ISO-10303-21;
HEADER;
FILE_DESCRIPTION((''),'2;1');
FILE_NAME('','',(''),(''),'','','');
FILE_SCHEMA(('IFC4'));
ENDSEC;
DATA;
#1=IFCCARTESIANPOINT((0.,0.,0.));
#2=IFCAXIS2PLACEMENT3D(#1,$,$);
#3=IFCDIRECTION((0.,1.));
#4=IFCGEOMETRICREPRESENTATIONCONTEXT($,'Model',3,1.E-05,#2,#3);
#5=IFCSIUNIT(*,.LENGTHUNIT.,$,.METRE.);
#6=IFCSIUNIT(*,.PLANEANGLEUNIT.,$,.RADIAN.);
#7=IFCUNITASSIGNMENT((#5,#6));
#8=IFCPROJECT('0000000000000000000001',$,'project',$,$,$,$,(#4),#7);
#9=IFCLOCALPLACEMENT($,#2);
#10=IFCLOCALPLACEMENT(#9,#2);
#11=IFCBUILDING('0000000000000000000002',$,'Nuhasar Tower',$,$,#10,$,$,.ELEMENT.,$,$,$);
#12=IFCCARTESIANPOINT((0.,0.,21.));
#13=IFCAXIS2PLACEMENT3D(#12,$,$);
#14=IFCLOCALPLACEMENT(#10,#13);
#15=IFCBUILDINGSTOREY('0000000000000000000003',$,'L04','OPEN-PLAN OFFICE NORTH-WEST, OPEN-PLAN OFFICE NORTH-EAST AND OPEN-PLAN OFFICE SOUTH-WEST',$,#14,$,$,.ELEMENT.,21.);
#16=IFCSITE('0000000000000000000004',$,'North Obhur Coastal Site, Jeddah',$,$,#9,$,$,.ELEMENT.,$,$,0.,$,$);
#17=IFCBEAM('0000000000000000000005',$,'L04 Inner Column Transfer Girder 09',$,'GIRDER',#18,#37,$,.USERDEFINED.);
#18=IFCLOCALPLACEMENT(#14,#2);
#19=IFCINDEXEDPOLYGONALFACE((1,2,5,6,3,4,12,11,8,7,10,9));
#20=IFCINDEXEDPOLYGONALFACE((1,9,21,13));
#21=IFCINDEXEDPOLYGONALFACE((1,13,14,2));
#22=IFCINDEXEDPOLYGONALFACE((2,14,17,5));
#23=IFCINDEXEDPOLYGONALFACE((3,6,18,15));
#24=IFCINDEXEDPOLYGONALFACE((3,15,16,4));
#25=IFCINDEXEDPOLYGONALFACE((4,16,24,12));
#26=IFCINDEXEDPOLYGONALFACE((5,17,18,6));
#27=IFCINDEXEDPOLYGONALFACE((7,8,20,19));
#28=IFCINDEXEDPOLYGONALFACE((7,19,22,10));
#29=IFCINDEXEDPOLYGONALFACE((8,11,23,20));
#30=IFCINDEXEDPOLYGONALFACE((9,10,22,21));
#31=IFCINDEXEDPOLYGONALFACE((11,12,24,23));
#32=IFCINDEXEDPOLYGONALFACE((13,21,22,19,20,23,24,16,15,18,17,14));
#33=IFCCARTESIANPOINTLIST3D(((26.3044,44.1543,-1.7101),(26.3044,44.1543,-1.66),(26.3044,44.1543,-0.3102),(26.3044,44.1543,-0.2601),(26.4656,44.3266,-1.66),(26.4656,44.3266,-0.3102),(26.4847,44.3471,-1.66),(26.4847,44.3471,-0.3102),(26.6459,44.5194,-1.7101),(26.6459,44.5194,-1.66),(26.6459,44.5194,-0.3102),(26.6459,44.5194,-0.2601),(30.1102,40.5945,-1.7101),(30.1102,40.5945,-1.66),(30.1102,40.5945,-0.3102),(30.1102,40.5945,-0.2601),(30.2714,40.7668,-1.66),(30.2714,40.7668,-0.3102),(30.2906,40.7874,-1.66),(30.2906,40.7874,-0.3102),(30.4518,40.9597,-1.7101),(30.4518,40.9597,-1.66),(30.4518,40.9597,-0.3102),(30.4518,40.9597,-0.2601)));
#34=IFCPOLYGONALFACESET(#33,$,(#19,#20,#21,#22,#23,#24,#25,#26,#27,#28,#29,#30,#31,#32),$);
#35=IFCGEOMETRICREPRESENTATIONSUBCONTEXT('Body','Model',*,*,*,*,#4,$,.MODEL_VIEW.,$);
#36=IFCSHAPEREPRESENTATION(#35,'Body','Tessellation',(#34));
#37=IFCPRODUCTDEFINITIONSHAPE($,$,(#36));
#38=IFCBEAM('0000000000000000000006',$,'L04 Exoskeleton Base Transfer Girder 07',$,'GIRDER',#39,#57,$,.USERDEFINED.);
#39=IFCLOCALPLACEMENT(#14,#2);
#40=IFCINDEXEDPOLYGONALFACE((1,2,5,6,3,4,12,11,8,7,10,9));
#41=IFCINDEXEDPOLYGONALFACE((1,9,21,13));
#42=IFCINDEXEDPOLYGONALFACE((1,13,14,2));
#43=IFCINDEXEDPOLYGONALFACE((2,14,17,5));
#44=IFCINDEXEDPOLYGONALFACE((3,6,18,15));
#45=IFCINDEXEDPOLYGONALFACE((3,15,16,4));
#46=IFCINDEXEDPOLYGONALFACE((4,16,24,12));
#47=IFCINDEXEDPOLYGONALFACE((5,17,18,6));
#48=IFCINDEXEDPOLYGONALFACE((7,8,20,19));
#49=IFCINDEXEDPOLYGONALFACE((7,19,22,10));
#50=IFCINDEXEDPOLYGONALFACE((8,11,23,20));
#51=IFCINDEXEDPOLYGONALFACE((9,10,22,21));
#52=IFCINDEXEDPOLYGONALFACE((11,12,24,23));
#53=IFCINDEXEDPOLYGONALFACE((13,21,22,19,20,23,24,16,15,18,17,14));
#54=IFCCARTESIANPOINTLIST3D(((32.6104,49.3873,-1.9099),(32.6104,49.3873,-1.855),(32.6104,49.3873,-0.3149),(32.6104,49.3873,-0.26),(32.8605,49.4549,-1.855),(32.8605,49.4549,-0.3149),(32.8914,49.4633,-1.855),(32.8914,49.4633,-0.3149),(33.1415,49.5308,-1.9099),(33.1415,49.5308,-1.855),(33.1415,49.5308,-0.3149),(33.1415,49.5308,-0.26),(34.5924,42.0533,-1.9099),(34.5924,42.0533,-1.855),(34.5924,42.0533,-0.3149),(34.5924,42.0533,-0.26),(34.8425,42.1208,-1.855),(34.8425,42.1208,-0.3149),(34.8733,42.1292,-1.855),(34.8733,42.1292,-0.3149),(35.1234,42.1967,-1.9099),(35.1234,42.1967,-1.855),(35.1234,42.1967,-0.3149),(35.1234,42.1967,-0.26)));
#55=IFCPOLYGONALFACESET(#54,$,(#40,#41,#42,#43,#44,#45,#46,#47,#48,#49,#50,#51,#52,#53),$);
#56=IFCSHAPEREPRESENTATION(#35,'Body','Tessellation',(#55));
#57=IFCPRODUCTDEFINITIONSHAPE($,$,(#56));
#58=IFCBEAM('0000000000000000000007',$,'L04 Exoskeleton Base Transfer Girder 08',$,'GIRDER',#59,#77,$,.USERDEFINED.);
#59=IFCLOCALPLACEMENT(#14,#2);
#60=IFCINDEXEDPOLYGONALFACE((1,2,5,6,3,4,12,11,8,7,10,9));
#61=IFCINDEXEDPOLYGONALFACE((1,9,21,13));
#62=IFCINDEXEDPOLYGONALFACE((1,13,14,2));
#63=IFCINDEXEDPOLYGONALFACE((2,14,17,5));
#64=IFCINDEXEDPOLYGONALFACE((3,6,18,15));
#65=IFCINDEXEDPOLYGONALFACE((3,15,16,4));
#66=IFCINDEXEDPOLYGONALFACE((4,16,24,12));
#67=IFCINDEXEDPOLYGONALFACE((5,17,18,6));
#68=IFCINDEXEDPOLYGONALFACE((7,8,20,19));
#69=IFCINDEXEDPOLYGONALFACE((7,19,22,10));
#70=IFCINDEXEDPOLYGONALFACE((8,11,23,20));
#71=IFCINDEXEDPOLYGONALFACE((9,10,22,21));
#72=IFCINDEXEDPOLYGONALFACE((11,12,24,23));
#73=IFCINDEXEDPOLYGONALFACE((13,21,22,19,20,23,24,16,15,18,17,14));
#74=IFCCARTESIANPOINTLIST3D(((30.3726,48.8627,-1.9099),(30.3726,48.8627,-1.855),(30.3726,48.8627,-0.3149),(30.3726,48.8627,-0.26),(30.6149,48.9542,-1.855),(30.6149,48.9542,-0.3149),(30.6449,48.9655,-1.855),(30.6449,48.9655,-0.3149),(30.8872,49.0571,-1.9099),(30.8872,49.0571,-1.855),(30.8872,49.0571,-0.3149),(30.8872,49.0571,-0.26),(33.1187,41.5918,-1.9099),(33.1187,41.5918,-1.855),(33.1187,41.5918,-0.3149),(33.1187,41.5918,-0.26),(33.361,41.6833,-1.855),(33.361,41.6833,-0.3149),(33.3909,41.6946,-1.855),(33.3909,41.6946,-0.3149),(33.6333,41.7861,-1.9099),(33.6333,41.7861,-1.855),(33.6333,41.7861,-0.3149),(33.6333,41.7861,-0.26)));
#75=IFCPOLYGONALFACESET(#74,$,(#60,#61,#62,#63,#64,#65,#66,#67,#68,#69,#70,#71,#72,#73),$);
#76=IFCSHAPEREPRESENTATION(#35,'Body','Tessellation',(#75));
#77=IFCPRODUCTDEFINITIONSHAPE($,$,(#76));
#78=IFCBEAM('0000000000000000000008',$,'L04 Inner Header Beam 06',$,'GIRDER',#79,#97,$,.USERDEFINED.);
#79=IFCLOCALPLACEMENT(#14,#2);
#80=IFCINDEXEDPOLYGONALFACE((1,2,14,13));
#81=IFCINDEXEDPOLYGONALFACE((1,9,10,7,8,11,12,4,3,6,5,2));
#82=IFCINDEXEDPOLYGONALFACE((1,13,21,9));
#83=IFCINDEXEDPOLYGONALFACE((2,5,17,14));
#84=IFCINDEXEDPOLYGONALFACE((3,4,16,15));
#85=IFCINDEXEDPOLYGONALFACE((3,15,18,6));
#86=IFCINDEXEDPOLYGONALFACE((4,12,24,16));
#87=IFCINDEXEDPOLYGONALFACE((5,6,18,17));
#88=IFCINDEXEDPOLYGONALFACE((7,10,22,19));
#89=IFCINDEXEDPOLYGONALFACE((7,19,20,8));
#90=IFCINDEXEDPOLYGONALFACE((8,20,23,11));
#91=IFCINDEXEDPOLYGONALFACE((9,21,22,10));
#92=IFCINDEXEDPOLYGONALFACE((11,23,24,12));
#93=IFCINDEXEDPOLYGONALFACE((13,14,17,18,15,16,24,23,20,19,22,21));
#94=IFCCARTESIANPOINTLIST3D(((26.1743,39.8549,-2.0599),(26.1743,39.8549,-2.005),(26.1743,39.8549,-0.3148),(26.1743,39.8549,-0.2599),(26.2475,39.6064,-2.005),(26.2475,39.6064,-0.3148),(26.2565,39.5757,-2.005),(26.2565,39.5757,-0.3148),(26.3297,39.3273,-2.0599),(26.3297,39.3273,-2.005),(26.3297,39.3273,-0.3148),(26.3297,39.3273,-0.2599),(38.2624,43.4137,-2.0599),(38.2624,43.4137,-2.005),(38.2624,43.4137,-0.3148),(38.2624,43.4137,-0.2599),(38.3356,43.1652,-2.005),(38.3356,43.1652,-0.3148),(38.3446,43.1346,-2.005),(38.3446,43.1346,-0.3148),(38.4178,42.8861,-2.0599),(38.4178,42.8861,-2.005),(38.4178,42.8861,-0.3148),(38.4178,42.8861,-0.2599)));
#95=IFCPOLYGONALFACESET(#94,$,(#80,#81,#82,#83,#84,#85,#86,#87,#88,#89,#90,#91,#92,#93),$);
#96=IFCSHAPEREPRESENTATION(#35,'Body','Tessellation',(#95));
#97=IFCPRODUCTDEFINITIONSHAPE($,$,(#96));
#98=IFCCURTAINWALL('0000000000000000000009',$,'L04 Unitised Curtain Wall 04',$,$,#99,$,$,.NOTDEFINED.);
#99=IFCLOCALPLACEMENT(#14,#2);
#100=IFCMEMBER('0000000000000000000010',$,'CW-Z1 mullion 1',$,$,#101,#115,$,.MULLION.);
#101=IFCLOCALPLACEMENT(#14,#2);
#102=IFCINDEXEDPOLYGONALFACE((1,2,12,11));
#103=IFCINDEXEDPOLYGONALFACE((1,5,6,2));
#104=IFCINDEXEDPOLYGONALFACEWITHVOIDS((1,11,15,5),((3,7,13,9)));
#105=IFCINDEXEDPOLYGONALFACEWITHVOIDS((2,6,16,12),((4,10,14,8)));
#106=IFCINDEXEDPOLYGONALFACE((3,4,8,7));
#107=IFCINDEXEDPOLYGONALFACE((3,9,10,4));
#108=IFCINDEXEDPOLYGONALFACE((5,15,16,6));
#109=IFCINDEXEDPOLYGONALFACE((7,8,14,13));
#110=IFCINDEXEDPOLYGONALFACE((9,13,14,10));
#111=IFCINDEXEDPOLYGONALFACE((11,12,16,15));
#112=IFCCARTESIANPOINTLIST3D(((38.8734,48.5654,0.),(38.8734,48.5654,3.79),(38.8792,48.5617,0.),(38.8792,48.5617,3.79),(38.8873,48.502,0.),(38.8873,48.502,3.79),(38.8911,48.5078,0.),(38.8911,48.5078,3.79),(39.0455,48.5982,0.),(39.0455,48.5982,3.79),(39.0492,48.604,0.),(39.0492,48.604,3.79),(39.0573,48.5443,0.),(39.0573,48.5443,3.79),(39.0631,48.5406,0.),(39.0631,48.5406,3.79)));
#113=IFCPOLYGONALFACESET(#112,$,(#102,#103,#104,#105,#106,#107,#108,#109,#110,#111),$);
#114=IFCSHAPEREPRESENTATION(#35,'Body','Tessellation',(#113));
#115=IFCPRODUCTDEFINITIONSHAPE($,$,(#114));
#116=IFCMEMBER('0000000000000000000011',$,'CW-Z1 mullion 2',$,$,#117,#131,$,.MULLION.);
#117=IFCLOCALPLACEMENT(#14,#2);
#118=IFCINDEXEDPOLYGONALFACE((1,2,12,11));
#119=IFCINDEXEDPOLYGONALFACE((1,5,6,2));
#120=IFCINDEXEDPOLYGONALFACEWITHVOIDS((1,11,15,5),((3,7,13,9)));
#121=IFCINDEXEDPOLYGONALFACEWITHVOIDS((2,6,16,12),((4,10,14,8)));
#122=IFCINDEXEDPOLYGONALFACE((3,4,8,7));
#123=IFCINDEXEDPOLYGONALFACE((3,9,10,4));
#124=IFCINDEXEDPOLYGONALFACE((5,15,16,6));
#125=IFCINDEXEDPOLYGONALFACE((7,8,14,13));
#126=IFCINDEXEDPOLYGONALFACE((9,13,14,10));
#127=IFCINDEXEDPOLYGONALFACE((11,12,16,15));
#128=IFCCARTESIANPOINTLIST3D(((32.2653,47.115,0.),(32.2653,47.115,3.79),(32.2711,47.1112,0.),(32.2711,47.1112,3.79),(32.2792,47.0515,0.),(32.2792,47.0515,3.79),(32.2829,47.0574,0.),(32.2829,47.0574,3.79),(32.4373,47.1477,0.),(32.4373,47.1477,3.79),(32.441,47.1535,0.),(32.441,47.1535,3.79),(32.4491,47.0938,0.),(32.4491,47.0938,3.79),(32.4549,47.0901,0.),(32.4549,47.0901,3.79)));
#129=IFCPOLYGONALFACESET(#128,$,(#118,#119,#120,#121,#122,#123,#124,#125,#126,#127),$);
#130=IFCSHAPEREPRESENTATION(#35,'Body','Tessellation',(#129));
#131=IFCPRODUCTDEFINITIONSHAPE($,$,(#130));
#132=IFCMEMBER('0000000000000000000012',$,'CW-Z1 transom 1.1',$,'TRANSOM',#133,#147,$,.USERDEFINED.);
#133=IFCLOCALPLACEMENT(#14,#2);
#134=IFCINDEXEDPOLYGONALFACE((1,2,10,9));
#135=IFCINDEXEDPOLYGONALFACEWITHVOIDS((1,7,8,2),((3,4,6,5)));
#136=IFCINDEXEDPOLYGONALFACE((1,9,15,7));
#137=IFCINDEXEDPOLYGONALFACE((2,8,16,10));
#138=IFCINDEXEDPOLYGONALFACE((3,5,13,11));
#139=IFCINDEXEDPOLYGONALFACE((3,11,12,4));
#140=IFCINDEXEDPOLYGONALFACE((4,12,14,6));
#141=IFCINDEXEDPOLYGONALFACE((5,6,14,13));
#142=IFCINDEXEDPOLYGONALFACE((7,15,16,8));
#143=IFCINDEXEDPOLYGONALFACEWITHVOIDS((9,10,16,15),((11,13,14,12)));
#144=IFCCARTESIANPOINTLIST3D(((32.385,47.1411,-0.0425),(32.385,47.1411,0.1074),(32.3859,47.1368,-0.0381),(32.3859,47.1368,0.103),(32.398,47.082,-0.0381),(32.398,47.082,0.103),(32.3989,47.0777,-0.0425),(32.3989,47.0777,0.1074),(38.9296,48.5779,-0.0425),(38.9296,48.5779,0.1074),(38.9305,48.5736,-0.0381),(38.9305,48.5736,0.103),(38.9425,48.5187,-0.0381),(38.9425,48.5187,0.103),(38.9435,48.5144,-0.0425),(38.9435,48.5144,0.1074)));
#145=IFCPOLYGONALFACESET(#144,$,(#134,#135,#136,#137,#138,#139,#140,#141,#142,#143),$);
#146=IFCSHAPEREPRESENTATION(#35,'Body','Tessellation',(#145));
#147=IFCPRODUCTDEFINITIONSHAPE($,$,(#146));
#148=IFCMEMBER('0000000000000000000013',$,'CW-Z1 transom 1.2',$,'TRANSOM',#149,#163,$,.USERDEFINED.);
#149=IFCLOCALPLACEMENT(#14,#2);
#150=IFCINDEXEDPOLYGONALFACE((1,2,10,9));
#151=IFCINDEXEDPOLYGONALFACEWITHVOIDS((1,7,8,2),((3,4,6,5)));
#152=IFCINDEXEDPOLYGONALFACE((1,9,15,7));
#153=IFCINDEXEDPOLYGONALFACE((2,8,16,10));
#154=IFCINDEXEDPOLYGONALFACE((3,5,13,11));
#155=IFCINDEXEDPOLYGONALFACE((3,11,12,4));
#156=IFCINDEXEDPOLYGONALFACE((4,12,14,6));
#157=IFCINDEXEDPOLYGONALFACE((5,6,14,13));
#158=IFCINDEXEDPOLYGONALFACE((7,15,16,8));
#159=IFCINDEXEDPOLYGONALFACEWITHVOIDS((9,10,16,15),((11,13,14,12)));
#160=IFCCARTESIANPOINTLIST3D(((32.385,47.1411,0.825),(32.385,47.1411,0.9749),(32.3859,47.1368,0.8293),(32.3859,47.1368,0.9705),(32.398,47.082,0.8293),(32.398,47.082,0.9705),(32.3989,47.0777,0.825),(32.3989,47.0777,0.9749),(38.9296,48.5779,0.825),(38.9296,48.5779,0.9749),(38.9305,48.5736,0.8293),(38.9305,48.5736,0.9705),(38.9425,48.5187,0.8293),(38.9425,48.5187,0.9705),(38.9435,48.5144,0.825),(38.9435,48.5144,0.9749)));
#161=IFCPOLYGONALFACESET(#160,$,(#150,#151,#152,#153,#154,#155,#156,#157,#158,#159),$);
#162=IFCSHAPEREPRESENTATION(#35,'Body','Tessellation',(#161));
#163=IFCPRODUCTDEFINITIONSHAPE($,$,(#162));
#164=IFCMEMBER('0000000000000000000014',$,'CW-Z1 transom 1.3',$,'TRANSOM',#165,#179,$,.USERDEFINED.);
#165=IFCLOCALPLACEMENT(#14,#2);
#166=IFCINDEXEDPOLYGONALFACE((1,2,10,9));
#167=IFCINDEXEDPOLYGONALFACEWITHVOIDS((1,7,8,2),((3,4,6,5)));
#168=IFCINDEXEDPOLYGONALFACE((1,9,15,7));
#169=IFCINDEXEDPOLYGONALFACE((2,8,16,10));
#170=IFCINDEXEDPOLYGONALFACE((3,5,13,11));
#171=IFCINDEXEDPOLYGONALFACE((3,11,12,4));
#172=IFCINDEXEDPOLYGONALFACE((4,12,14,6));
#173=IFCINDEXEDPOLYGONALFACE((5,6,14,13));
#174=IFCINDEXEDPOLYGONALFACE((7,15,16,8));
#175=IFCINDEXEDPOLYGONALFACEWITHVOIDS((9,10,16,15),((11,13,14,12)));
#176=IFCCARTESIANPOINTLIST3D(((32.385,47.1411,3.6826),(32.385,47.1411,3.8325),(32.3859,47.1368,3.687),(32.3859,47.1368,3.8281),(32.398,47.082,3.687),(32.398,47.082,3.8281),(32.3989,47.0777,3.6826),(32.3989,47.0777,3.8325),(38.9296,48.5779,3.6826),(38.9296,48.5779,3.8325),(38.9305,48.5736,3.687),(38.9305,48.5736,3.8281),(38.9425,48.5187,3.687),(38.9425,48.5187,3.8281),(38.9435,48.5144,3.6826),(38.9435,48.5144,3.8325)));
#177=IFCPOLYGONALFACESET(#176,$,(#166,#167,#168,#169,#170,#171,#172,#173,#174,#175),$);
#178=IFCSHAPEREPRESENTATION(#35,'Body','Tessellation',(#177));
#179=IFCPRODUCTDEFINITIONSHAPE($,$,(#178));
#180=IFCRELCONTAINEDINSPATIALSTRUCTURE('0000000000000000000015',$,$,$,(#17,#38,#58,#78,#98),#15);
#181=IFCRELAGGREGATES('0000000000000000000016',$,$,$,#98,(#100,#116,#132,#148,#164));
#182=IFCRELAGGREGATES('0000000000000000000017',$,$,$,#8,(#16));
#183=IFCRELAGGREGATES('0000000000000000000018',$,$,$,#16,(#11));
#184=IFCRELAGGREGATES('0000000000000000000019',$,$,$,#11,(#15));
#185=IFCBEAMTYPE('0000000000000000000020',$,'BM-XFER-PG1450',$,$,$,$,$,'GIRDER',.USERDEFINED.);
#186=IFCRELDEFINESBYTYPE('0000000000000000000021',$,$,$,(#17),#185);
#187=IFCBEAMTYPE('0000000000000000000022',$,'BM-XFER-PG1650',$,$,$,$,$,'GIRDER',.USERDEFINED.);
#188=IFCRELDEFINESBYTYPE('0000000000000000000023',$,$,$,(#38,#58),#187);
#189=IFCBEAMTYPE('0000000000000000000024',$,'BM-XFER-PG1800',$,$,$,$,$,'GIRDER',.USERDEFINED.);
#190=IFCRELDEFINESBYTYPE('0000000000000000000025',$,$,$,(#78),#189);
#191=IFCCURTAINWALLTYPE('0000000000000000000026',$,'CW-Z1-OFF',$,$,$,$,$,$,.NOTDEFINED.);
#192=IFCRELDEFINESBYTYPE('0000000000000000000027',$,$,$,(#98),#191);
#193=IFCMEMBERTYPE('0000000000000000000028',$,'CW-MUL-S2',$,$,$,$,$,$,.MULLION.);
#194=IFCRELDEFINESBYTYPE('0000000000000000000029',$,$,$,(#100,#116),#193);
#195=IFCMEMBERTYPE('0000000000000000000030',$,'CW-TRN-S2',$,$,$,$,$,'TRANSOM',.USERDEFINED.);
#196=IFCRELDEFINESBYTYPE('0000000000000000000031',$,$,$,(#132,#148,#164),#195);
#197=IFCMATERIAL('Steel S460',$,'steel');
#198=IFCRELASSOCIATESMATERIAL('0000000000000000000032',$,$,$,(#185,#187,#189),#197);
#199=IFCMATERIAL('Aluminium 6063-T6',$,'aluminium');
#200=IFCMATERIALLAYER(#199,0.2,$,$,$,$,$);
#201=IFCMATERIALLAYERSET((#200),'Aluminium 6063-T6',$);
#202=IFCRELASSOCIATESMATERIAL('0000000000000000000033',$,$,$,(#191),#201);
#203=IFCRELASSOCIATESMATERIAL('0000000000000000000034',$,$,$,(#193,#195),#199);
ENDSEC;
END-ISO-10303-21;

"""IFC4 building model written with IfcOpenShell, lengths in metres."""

from ifc_helpers import new_model, si_unit, direction, frame, origin, origin_2d, place, context, subcontext, project, spatial, hollow_rectangle, i_section, extrude, material, layer, layer_set, material_profile, profile_set, type_object, element, aggregate, save


model = new_model("IFC4")

# Units and contexts
model_context = context("Model", 3, precision=1e-05, world=origin(), true_north=direction((0.0, 1.0)))
body_context = subcontext(model_context, "Body", "Model", "MODEL_VIEW")
ifc_project = project(units=[si_unit("LENGTHUNIT", "METRE"), si_unit("PLANEANGLEUNIT", "RADIAN")], contexts=[model_context])

# Site, building, storey
site_placement = place(None, origin())
site = spatial("IfcSite", under=ifc_project, at=site_placement, Name="North Obhur Coastal Site, Jeddah", CompositionType="ELEMENT", RefElevation=0.0)
building_placement = place(site_placement, origin())
building = spatial("IfcBuilding", under=site, at=building_placement, Name="Nuhasar Tower", CompositionType="ELEMENT")
storey_placement = place(building_placement, frame((0.0, 0.0, 21.0)))
storey = spatial("IfcBuildingStorey", under=building, at=storey_placement, Name="L04", Description="OPEN-PLAN OFFICE NORTH-WEST, OPEN-PLAN OFFICE NORTH-EAST AND OPEN-PLAN OFFICE SOUTH-WEST", CompositionType="ELEMENT", Elevation=21.0)

# Beams
ifc_material_1 = material(Name="Steel S460", Category="steel")
ifc_material_profile_1 = material_profile(ifc_material_1, i_section(OverallWidth=0.5, OverallDepth=1.45, WebThickness=0.0281, FlangeThickness=0.05, at=origin_2d()), Name="PG1450X500")
ifc_profile_set_1 = profile_set([ifc_material_profile_1], Name="Steel S460")
beam_type_1 = type_object("IfcBeamType", Name="BM-XFER-PG1450", ElementType="GIRDER", PredefinedType="USERDEFINED", material=ifc_profile_set_1)
beam_1_placement = place(storey_placement, frame((30.281, 40.7771, -0.9851), z_axis=(-0.730324, 0.683101, 0.0), x_axis=(-0.683101, -0.730324, 0.0)))
element("IfcBeam", 1, at=beam_1_placement, inside=storey, type_object=beam_type_1, Name="L04 Inner Column Transfer Girder 09", ObjectType="GIRDER", PredefinedType="USERDEFINED", context=body_context, shape_type="SweptSolid", body=[
    extrude(i_section(OverallWidth=0.5, OverallDepth=1.45, WebThickness=0.0281, FlangeThickness=0.05, at=origin_2d()), origin(), (0.0, 0.0, 1.0), 5.2112),
])
ifc_material_profile_2 = material_profile(ifc_material_1, i_section(OverallWidth=0.55, OverallDepth=1.6499, WebThickness=0.032, FlangeThickness=0.0549, at=origin_2d()), Name="PG1650X550")
ifc_profile_set_2 = profile_set([ifc_material_profile_2], Name="Steel S460")
beam_type_2 = type_object("IfcBeamType", Name="BM-XFER-PG1650", ElementType="GIRDER", PredefinedType="USERDEFINED", material=ifc_profile_set_2)
beam_2_placement = place(storey_placement, frame((34.8579, 42.125, -1.085), z_axis=(-0.260882, 0.965371, 0.0), x_axis=(-0.965371, -0.260882, 0.0)))
element("IfcBeam", 2, at=beam_2_placement, inside=storey, type_object=beam_type_2, Name="L04 Exoskeleton Base Transfer Girder 07", ObjectType="GIRDER", PredefinedType="USERDEFINED", context=body_context, shape_type="SweptSolid", body=[
    extrude(i_section(OverallWidth=0.55, OverallDepth=1.6499, WebThickness=0.032, FlangeThickness=0.0549, at=origin_2d()), origin(), (0.0, 0.0, 1.0), 7.5972),
])
beam_3_placement = place(storey_placement, frame((33.376, 41.689, -1.085), z_axis=(-0.353319, 0.935503, 0.0), x_axis=(-0.935503, -0.353319, 0.0)))
element("IfcBeam", 3, at=beam_3_placement, inside=storey, type_object=beam_type_2, Name="L04 Exoskeleton Base Transfer Girder 08", ObjectType="GIRDER", PredefinedType="USERDEFINED", context=body_context, shape_type="SweptSolid", body=[
    extrude(i_section(OverallWidth=0.55, OverallDepth=1.6499, WebThickness=0.032, FlangeThickness=0.0549, at=origin_2d()), origin(), (0.0, 0.0, 1.0), 7.7722),
])
ifc_material_profile_3 = material_profile(ifc_material_1, i_section(OverallWidth=0.55, OverallDepth=1.8, WebThickness=0.032, FlangeThickness=0.0549, at=origin_2d()), Name="PG1800X550")
ifc_profile_set_3 = profile_set([ifc_material_profile_3], Name="Steel S460")
beam_type_3 = type_object("IfcBeamType", Name="BM-XFER-PG1800", ElementType="GIRDER", PredefinedType="USERDEFINED", material=ifc_profile_set_3)
beam_4_placement = place(storey_placement, frame((38.3401, 43.1499, -1.1599), z_axis=(-0.95929, -0.282422, 0.0), x_axis=(0.282422, -0.95929, 0.0)))
element("IfcBeam", 4, at=beam_4_placement, inside=storey, type_object=beam_type_3, Name="L04 Inner Header Beam 06", ObjectType="GIRDER", PredefinedType="USERDEFINED", context=body_context, shape_type="SweptSolid", body=[
    extrude(i_section(OverallWidth=0.55, OverallDepth=1.8, WebThickness=0.032, FlangeThickness=0.0549, at=origin_2d()), origin(), (0.0, 0.0, 1.0), 12.6011),
])

# Curtain wall, members
ifc_material_2 = material(Name="Aluminium 6063-T6", Category="aluminium")
ifc_layer_1 = layer(ifc_material_2, 0.2)
ifc_layer_set_1 = layer_set([ifc_layer_1], Name="Aluminium 6063-T6")
curtain_wall_type = type_object("IfcCurtainWallType", Name="CW-Z1-OFF", PredefinedType="NOTDEFINED", material=ifc_layer_set_1)
curtain_wall_placement = place(storey_placement, origin())
curtain_wall = element("IfcCurtainWall", 5, at=curtain_wall_placement, inside=storey, type_object=curtain_wall_type, Name="L04 Unitised Curtain Wall 04", PredefinedType="NOTDEFINED")
ifc_material_profile_4 = material_profile(ifc_material_2, hollow_rectangle(XDim=0.0649, YDim=0.1799, WallThickness=0.0049, at=origin_2d()), Name="CWM-2")
ifc_profile_set_4 = profile_set([ifc_material_profile_4], Name="Aluminium 6063-T6")
member_type_1 = type_object("IfcMemberType", Name="CW-MUL-S2", PredefinedType="MULLION", material=ifc_profile_set_4)
member_1_placement = place(storey_placement, frame((38.9683, 48.553, 0.0), z_axis=(0.0, 0.0, 1.0), x_axis=(0.214399, -0.976746, 0.0)))
member_1 = element("IfcMember", 6, at=member_1_placement, type_object=member_type_1, Name="CW-Z1 mullion 1", PredefinedType="MULLION", context=body_context, shape_type="SweptSolid", body=[
    extrude(hollow_rectangle(XDim=0.0649, YDim=0.1799, WallThickness=0.0049, at=origin_2d()), origin(), (0.0, 0.0, 1.0), 3.79),
])
member_2_placement = place(storey_placement, frame((32.3601, 47.1025, 0.0), z_axis=(0.0, 0.0, 1.0), x_axis=(0.214399, -0.976746, 0.0)))
member_2 = element("IfcMember", 7, at=member_2_placement, type_object=member_type_1, Name="CW-Z1 mullion 2", PredefinedType="MULLION", context=body_context, shape_type="SweptSolid", body=[
    extrude(hollow_rectangle(XDim=0.0649, YDim=0.1799, WallThickness=0.0049, at=origin_2d()), origin(), (0.0, 0.0, 1.0), 3.79),
])
ifc_material_profile_5 = material_profile(ifc_material_2, hollow_rectangle(XDim=0.0649, YDim=0.1499, WallThickness=0.0044, at=origin_2d()), Name="CWT-2")
ifc_profile_set_5 = profile_set([ifc_material_profile_5], Name="Aluminium 6063-T6")
member_type_2 = type_object("IfcMemberType", Name="CW-TRN-S2", ElementType="TRANSOM", PredefinedType="USERDEFINED", material=ifc_profile_set_5)
member_3_placement = place(storey_placement, frame((38.9365, 48.5461, 0.0325), z_axis=(-0.97674, -0.214426, 0.0), x_axis=(0.214426, -0.97674, 0.0)))
member_3 = element("IfcMember", 8, at=member_3_placement, type_object=member_type_2, Name="CW-Z1 transom 1.1", ObjectType="TRANSOM", PredefinedType="USERDEFINED", context=body_context, shape_type="SweptSolid", body=[
    extrude(hollow_rectangle(XDim=0.0649, YDim=0.1499, WallThickness=0.0044, at=origin_2d()), origin(), (0.0, 0.0, 1.0), 6.7004),
])
member_4_placement = place(storey_placement, frame((38.9365, 48.5461, 0.8999), z_axis=(-0.97674, -0.214426, 0.0), x_axis=(0.214426, -0.97674, 0.0)))
member_4 = element("IfcMember", 9, at=member_4_placement, type_object=member_type_2, Name="CW-Z1 transom 1.2", ObjectType="TRANSOM", PredefinedType="USERDEFINED", context=body_context, shape_type="SweptSolid", body=[
    extrude(hollow_rectangle(XDim=0.0649, YDim=0.1499, WallThickness=0.0044, at=origin_2d()), origin(), (0.0, 0.0, 1.0), 6.7004),
])
member_5_placement = place(storey_placement, frame((38.9365, 48.5461, 3.7576), z_axis=(-0.97674, -0.214426, 0.0), x_axis=(0.214426, -0.97674, 0.0)))
member_5 = element("IfcMember", 10, at=member_5_placement, type_object=member_type_2, Name="CW-Z1 transom 1.3", ObjectType="TRANSOM", PredefinedType="USERDEFINED", context=body_context, shape_type="SweptSolid", body=[
    extrude(hollow_rectangle(XDim=0.0649, YDim=0.1499, WallThickness=0.0044, at=origin_2d()), origin(), (0.0, 0.0, 1.0), 6.7004),
])

aggregate(curtain_wall, [member_1, member_2, member_3, member_4, member_5])

save(model, "model.ifc")
